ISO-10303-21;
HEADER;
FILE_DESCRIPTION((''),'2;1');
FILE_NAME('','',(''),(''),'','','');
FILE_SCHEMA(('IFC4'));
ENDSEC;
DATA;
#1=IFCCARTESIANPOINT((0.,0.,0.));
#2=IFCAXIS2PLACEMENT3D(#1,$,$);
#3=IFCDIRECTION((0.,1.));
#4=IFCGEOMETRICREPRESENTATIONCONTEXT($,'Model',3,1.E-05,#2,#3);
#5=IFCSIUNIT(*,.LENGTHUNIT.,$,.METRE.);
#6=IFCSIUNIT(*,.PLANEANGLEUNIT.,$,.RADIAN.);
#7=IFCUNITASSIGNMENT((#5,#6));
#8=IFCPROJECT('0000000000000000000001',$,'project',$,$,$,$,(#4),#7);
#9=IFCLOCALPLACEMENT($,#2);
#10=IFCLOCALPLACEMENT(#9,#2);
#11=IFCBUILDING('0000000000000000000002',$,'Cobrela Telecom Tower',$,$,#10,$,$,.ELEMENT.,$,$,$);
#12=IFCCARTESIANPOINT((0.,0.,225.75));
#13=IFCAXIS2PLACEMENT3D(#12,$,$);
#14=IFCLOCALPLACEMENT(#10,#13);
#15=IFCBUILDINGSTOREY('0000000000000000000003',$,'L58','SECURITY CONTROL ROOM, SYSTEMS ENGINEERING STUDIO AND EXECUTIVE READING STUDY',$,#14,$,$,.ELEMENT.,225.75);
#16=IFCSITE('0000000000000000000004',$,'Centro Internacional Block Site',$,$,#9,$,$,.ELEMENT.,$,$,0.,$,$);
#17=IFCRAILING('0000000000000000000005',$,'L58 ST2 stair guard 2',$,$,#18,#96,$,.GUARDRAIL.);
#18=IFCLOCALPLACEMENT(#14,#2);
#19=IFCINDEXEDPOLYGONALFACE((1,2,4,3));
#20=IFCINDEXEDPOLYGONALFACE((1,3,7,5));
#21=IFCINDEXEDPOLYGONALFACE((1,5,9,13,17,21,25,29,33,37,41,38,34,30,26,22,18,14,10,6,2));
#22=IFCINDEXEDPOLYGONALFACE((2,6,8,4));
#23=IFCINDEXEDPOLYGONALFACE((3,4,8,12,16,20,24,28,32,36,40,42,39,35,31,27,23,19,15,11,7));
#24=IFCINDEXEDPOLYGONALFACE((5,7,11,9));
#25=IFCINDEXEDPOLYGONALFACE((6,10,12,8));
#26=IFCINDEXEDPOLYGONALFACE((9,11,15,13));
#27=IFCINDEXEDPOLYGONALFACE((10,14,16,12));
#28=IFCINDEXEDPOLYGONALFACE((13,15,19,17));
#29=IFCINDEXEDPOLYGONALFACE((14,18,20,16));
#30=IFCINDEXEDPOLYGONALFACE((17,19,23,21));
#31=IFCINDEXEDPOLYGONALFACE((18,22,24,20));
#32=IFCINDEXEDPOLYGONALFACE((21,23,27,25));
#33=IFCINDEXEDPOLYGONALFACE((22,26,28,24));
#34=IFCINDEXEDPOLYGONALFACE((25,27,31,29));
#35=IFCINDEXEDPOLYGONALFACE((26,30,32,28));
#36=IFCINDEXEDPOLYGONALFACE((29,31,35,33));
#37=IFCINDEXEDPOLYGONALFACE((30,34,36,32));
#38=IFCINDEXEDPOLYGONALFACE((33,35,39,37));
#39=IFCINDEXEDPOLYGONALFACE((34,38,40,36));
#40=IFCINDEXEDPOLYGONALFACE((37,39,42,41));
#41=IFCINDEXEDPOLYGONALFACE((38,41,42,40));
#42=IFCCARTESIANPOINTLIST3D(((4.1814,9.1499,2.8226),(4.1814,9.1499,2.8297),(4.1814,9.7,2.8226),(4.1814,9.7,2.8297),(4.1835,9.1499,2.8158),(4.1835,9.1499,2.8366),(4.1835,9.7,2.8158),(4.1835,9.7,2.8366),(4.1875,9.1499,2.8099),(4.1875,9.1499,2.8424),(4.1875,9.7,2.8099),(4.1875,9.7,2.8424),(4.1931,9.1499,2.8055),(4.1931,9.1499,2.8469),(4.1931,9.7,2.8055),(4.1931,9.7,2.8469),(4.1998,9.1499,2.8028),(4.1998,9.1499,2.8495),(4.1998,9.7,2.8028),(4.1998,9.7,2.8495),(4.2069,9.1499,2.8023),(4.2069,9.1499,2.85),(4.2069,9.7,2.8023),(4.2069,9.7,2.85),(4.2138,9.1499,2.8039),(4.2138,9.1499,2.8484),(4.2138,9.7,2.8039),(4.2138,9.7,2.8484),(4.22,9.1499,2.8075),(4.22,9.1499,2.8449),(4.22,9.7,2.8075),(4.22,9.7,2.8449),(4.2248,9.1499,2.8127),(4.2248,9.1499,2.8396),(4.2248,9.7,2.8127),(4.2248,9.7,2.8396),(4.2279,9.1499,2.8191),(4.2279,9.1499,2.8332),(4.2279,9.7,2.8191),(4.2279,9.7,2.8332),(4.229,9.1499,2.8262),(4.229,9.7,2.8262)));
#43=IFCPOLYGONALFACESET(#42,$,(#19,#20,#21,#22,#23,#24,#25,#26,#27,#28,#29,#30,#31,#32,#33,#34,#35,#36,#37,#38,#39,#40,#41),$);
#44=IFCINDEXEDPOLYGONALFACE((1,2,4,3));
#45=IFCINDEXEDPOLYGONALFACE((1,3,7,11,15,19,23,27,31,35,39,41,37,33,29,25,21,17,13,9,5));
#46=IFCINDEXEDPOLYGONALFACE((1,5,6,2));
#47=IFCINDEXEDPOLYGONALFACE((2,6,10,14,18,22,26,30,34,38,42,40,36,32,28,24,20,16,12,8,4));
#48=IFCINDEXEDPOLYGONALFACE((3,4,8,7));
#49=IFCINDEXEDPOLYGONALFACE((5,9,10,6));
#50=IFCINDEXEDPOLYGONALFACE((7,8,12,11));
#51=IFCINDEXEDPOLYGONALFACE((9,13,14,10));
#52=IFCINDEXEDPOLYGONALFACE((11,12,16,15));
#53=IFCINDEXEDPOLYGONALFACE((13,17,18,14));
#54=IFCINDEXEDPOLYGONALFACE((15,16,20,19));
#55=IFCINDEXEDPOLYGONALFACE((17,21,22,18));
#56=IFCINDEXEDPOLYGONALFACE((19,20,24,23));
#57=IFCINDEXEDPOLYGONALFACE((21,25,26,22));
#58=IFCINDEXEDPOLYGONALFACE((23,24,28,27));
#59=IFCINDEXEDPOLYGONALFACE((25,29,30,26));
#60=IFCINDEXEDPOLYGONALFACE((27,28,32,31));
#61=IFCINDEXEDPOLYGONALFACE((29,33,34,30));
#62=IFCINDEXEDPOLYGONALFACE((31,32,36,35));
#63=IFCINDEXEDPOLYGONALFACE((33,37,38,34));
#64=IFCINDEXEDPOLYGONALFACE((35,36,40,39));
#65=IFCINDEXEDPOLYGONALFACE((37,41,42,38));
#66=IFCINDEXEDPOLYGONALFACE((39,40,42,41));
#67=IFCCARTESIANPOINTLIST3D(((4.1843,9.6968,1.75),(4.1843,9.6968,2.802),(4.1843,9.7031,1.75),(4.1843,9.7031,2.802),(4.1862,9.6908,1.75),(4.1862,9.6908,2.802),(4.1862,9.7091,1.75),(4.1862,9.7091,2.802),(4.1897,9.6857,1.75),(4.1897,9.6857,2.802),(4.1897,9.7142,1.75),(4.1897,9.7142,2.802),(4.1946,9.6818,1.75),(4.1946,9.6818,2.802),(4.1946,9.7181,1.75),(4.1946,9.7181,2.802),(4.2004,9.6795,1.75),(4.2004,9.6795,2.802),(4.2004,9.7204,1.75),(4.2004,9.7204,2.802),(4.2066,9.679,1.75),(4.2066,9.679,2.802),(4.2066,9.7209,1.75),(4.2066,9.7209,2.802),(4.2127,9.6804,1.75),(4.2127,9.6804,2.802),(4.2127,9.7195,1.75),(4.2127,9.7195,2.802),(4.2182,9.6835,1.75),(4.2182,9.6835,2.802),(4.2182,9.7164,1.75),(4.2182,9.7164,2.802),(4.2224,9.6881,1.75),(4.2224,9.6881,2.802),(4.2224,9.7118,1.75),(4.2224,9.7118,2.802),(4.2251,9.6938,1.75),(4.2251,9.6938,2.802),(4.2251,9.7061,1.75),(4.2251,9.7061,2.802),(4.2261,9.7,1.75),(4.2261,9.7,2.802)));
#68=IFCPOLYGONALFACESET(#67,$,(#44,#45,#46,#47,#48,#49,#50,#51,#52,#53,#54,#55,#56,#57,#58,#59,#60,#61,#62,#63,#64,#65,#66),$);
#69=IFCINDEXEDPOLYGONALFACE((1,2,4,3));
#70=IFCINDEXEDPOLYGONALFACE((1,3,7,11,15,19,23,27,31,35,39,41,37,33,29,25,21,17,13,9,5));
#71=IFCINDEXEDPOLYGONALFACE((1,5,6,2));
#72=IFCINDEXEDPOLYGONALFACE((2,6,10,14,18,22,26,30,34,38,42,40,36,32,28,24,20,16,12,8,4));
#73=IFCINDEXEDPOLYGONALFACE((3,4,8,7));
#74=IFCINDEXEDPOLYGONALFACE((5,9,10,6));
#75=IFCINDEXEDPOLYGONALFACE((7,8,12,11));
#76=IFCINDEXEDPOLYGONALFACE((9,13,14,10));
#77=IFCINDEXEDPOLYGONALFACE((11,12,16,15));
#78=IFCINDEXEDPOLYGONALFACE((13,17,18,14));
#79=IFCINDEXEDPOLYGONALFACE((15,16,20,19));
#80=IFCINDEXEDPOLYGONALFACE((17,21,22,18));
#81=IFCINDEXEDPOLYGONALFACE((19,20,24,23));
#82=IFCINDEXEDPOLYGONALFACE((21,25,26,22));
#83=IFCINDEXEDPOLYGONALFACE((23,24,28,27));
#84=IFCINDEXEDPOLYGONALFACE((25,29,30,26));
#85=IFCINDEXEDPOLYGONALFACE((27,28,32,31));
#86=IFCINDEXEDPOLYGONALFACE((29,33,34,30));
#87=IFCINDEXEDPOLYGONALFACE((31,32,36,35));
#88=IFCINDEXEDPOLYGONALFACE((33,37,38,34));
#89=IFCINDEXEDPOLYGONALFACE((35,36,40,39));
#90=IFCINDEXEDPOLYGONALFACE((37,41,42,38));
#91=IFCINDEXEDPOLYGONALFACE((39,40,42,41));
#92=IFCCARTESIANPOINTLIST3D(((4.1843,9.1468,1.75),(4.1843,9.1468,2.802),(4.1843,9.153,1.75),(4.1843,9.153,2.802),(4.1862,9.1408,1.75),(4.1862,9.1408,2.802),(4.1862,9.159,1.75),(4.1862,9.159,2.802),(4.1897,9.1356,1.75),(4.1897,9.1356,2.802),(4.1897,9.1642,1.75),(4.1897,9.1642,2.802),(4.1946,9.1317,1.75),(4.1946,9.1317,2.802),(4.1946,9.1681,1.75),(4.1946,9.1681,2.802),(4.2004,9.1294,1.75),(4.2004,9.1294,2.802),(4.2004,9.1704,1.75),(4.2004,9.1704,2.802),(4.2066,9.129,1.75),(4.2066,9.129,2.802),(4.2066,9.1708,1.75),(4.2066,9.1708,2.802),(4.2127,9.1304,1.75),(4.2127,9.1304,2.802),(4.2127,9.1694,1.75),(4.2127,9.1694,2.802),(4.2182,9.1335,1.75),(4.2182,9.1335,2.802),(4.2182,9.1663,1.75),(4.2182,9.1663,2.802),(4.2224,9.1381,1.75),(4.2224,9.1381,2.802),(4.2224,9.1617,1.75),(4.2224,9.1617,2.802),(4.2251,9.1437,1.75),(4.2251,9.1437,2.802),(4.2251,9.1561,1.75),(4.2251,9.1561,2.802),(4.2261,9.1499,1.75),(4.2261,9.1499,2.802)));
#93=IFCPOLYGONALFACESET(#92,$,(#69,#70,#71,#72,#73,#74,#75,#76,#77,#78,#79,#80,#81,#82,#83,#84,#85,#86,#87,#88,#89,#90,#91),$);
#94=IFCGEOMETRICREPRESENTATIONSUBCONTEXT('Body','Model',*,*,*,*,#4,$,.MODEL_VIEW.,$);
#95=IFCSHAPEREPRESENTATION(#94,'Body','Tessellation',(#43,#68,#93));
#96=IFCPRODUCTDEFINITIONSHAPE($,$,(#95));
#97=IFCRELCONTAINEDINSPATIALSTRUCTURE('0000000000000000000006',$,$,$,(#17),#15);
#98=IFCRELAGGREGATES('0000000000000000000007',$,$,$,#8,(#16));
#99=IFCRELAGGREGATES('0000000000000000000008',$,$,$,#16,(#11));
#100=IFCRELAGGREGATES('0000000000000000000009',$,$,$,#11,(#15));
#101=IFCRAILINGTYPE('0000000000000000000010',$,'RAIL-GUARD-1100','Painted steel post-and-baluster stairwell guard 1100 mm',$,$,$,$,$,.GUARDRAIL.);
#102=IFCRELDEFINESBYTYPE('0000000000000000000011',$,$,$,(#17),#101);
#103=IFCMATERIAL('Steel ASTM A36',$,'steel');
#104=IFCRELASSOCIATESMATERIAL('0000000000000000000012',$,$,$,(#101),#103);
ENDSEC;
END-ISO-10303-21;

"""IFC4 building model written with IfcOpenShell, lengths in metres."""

from ifc_helpers import new_model, si_unit, direction, frame, origin, origin_2d, place, context, subcontext, project, spatial, circle, extrude, material, type_object, element, save


model = new_model("IFC4")

# Units and contexts
model_context = context("Model", 3, precision=1e-05, world=origin(), true_north=direction((0.0, 1.0)))
body_context = subcontext(model_context, "Body", "Model", "MODEL_VIEW")
ifc_project = project(units=[si_unit("LENGTHUNIT", "METRE"), si_unit("PLANEANGLEUNIT", "RADIAN")], contexts=[model_context])

# Site, building, storey
site_placement = place(None, origin())
site = spatial("IfcSite", under=ifc_project, at=site_placement, Name="Centro Internacional Block Site", CompositionType="ELEMENT", RefElevation=0.0)
building_placement = place(site_placement, origin())
building = spatial("IfcBuilding", under=site, at=building_placement, Name="Cobrela Telecom Tower", CompositionType="ELEMENT")
storey_placement = place(building_placement, frame((0.0, 0.0, 225.75)))
storey = spatial("IfcBuildingStorey", under=building, at=storey_placement, Name="L58", Description="SECURITY CONTROL ROOM, SYSTEMS ENGINEERING STUDIO AND EXECUTIVE READING STUDY", CompositionType="ELEMENT", Elevation=225.75)

# Shared definitions
ifc_material_1 = material(Name="Steel ASTM A36", Category="steel")

# Railing
railing_type = type_object("IfcRailingType", Name="RAIL-GUARD-1100", Description="Painted steel post-and-baluster stairwell guard 1100 mm", PredefinedType="GUARDRAIL", material=ifc_material_1)
railing_1_placement = place(storey_placement, frame((4.2051, 9.7, 1.75)))
element("IfcRailing", 1, at=railing_1_placement, inside=storey, type_object=railing_type, Name="L58 ST2 stair guard 2", PredefinedType="GUARDRAIL", context=body_context, shape_type="SweptSolid", body=[
    extrude(circle(Radius=0.0239, at=origin_2d()), frame((0.0, 0.0, 1.0762), z_axis=(0.0, -1.0, 0.0), x_axis=(1.0, 0.0, 0.0)), (0.0, 0.0, 1.0), 0.55),
    extrude(circle(Radius=0.021, at=origin_2d()), origin(), (0.0, 0.0, 1.0), 1.052),
    extrude(circle(Radius=0.021, at=origin_2d()), frame((0.0, -0.55, 0.0)), (0.0, 0.0, 1.0), 1.052),
])

save(model, "model.ifc")
